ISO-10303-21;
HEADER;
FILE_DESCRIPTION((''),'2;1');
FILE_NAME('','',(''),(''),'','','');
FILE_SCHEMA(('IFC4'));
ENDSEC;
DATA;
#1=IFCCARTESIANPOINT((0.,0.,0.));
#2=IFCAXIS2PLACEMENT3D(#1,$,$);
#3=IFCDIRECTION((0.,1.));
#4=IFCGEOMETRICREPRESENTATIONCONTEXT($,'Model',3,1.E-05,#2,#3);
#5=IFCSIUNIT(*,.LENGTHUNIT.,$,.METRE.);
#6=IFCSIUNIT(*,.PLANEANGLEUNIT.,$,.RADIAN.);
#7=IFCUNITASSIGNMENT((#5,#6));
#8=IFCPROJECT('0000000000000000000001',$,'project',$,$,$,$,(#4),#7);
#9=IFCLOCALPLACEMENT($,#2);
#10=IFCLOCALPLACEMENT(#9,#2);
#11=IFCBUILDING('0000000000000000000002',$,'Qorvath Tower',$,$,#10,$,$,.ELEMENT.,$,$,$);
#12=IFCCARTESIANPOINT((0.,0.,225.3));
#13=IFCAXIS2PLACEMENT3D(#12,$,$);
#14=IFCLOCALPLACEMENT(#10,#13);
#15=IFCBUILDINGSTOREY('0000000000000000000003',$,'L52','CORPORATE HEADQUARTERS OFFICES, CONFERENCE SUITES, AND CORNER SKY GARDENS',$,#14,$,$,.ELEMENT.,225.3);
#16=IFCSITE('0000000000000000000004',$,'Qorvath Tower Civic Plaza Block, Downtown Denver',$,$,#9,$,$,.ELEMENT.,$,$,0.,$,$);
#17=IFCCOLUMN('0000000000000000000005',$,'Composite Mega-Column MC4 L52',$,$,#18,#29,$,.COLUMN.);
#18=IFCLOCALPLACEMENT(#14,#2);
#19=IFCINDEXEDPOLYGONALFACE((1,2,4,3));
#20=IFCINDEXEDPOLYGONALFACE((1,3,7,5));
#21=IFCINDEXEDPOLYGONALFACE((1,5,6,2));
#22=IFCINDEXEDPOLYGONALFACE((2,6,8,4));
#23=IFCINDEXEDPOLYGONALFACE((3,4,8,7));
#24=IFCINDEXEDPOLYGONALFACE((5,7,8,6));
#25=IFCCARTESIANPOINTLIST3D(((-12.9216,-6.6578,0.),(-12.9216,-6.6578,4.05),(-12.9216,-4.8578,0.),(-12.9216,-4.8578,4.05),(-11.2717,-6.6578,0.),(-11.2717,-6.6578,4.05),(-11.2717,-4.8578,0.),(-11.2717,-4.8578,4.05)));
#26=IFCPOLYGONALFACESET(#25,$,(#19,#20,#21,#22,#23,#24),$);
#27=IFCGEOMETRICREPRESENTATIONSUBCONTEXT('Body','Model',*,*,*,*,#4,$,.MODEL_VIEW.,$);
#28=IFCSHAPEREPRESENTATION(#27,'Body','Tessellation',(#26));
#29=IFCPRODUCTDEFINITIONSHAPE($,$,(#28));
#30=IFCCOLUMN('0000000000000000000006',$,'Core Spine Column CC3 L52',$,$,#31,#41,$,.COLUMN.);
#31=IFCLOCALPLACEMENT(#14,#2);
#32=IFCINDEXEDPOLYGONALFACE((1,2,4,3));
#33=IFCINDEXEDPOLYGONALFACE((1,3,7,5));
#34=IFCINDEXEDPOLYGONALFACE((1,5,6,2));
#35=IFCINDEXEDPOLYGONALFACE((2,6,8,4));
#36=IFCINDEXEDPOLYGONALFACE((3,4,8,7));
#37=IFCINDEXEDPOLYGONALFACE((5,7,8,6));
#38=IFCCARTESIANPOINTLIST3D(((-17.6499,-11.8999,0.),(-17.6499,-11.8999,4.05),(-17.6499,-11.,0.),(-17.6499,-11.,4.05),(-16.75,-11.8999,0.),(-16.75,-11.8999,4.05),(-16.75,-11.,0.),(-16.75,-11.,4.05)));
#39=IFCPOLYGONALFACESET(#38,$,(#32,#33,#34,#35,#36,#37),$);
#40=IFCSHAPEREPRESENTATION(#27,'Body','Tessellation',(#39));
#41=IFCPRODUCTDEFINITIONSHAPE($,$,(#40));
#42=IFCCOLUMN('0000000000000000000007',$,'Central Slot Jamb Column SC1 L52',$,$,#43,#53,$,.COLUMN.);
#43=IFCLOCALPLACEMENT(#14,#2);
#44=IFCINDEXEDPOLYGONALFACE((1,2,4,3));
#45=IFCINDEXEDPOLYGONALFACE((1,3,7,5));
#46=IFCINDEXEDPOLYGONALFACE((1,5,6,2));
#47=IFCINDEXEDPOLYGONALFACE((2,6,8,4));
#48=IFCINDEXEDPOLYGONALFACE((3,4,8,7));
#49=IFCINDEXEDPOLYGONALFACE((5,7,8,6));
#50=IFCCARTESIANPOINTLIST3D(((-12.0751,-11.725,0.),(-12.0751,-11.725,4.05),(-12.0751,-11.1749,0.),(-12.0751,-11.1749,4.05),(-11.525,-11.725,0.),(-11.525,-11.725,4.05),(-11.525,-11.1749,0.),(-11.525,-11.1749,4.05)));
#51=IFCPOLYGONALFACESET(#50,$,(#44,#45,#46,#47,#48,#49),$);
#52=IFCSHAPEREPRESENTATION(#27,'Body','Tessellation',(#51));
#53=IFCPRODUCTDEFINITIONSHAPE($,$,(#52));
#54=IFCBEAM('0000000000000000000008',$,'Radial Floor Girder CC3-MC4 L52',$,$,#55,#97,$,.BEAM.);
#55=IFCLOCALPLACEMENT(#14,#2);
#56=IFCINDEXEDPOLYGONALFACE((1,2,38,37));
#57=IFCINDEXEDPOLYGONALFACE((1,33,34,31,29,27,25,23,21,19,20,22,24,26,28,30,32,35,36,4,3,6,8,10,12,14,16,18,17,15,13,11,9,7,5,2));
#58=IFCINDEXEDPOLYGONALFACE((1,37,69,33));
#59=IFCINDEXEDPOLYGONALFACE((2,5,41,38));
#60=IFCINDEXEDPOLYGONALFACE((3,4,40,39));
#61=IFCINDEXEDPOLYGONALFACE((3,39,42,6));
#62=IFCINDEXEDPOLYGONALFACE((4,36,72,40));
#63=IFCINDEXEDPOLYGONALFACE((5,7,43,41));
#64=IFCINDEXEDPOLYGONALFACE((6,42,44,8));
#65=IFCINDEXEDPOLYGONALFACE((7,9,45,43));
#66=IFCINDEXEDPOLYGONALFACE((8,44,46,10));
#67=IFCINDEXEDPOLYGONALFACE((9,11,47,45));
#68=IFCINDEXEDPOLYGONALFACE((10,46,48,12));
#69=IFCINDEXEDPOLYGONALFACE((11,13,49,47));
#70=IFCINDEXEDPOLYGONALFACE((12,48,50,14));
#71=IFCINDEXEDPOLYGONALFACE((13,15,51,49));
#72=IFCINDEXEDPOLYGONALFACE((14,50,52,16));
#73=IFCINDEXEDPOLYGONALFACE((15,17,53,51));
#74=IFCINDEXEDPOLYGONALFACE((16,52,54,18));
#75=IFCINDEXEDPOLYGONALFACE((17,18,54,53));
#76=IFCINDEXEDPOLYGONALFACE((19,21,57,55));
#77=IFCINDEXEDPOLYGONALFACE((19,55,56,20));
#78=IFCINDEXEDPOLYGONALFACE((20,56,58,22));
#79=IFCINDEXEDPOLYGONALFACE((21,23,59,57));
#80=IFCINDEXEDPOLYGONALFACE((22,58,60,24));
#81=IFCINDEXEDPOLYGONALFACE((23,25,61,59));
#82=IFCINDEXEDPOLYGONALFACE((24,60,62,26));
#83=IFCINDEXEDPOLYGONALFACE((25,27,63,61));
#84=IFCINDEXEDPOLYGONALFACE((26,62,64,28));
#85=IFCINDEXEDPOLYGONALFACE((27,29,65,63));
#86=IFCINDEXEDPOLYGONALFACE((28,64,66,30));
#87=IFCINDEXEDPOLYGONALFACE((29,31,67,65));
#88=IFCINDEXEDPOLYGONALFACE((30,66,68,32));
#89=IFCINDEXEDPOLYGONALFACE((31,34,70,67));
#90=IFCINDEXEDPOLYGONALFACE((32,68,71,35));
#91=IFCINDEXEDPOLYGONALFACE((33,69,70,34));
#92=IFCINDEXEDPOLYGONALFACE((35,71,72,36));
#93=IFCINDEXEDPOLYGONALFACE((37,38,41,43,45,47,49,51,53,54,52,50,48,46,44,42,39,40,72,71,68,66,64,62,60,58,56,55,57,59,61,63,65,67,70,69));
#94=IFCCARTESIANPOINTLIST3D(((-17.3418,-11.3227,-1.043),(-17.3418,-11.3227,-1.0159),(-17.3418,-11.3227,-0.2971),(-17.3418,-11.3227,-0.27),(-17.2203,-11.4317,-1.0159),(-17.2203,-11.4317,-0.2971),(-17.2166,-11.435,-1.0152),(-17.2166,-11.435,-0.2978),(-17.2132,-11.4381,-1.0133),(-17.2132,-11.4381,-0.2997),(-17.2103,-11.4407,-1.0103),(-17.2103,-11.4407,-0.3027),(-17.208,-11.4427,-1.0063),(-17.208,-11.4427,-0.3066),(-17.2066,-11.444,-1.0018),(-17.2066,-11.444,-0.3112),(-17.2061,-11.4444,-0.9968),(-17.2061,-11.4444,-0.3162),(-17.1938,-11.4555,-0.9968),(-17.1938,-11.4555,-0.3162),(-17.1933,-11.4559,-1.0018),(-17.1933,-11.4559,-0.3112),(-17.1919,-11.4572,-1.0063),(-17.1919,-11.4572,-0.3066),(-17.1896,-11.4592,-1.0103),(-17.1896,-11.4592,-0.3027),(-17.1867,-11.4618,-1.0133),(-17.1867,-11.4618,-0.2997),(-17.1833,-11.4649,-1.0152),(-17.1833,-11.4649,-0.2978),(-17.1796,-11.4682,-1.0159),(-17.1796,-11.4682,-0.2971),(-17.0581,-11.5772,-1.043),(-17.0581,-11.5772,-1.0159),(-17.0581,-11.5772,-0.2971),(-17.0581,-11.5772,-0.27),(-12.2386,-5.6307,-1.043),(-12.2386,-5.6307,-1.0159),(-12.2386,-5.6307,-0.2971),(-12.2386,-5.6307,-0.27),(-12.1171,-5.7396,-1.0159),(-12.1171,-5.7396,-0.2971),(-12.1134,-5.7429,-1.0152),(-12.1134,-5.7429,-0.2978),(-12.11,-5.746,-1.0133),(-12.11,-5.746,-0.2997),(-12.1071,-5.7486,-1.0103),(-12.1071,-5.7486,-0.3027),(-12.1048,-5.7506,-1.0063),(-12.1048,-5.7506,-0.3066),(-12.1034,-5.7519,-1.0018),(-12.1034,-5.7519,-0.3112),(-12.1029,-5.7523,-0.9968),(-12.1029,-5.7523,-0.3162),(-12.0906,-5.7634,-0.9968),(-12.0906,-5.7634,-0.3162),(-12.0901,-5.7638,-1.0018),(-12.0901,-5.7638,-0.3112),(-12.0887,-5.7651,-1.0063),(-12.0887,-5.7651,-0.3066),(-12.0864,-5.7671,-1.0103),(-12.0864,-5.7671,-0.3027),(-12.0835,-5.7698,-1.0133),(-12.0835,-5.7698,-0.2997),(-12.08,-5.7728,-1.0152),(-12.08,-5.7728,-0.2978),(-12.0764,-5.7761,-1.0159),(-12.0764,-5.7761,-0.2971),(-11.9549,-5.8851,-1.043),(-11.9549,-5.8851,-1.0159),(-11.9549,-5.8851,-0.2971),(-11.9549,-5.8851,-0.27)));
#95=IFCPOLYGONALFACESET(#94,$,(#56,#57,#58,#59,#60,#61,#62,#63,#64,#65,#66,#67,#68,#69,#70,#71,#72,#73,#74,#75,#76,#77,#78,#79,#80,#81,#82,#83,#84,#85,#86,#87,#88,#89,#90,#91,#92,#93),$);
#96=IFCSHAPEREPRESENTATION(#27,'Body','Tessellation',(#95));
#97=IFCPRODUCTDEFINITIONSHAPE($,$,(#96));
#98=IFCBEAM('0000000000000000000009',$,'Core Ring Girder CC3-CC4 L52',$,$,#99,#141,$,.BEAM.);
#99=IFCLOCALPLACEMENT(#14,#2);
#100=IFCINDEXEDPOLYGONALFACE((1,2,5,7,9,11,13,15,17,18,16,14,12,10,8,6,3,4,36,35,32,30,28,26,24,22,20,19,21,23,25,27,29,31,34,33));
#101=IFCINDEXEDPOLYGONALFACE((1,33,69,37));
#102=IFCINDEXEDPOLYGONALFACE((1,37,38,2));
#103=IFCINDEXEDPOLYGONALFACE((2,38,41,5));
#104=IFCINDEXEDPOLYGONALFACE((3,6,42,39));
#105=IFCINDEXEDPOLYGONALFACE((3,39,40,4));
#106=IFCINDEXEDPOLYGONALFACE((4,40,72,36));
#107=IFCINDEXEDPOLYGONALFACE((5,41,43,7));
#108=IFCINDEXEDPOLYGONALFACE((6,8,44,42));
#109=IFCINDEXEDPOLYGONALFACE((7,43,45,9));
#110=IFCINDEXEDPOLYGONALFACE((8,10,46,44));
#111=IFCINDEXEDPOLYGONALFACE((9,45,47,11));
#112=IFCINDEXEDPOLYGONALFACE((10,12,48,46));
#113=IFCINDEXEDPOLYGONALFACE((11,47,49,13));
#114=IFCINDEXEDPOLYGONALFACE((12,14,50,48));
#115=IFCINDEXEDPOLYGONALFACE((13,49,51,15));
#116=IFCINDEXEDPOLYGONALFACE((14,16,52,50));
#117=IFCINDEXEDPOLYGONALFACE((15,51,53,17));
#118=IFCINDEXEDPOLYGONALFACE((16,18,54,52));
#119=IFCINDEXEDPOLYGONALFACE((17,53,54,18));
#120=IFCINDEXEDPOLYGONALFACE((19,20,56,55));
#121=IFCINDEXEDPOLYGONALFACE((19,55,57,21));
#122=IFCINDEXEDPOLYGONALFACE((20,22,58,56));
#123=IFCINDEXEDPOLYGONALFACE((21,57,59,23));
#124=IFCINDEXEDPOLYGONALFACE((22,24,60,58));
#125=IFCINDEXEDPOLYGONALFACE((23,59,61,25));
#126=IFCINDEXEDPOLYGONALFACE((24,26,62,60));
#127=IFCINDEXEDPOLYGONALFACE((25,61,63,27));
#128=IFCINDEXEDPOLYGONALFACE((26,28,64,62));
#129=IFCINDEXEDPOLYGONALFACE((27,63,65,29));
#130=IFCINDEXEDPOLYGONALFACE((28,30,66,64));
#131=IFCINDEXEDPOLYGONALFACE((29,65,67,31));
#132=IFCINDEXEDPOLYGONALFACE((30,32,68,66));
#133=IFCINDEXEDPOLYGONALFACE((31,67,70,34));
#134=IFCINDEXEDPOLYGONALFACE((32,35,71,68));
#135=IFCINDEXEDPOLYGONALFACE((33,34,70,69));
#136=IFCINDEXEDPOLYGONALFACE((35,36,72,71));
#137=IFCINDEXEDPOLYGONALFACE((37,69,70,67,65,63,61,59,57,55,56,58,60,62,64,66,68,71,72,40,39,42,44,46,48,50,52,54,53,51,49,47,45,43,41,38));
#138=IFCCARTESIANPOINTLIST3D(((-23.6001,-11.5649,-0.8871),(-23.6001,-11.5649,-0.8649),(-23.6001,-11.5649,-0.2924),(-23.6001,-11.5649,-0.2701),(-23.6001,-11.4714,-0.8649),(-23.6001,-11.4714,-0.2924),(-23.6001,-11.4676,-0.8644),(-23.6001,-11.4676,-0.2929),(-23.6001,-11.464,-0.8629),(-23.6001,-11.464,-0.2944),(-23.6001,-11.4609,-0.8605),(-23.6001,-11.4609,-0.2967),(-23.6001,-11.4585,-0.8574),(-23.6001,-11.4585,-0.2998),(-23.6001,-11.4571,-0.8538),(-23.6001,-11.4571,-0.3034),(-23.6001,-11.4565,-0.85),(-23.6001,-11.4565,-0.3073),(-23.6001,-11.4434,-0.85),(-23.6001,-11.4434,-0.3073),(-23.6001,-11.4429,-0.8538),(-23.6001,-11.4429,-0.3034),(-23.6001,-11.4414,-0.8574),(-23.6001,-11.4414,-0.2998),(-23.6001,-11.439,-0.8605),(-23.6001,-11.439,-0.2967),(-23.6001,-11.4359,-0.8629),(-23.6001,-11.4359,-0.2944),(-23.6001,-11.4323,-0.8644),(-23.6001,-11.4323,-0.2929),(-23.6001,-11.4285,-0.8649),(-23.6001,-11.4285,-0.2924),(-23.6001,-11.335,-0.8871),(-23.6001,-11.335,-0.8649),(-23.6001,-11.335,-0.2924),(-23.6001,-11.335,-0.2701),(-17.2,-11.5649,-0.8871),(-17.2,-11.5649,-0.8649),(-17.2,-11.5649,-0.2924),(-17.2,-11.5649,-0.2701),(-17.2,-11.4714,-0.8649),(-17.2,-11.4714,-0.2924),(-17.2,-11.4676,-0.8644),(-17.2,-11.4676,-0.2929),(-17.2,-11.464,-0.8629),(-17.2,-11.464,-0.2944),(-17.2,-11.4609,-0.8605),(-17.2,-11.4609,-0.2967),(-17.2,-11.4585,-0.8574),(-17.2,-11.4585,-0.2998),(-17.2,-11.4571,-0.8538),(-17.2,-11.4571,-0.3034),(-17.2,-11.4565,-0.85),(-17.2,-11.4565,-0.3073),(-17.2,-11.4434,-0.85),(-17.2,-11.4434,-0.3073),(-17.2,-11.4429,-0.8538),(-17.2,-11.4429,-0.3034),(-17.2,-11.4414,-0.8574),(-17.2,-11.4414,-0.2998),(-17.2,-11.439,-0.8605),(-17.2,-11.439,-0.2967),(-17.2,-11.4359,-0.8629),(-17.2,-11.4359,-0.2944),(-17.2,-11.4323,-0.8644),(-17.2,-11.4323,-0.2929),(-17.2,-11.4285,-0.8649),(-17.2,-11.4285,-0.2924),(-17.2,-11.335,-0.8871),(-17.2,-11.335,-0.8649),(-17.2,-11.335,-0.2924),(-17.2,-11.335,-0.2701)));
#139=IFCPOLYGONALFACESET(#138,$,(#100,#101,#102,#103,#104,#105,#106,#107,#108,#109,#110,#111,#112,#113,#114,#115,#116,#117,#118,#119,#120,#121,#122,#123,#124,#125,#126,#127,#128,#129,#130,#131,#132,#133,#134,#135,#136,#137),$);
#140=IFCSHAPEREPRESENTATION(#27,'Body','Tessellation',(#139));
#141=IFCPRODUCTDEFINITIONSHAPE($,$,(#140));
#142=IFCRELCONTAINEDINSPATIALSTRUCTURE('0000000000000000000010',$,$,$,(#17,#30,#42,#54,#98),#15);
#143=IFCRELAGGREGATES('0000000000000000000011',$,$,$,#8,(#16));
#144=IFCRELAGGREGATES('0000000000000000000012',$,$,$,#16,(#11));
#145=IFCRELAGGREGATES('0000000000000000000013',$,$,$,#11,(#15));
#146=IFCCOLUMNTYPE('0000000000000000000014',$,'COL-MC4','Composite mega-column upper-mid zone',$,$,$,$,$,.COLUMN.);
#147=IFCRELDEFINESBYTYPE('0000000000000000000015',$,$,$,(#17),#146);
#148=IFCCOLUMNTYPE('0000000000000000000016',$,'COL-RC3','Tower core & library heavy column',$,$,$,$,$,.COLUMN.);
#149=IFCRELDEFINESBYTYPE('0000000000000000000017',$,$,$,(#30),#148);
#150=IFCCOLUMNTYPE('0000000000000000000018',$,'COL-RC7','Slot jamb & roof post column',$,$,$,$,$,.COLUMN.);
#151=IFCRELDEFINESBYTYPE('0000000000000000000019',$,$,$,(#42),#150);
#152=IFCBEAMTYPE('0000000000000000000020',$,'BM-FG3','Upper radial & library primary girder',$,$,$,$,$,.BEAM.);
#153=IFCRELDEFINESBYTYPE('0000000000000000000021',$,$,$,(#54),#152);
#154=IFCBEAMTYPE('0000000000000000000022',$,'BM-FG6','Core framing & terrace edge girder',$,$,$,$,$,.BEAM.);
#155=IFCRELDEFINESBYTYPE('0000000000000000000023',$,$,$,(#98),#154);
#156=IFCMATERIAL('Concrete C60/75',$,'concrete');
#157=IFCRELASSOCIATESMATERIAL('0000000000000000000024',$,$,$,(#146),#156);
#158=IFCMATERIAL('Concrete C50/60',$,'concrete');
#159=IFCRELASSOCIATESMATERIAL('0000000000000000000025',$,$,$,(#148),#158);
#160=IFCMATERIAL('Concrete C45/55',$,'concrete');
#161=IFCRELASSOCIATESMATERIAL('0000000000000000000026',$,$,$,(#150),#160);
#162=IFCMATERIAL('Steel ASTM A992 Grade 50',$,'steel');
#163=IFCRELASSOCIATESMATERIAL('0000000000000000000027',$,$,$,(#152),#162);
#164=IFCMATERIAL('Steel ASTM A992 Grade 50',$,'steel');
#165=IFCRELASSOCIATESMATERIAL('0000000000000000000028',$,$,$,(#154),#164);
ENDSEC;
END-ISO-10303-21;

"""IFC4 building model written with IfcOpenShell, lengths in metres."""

from ifc_helpers import new_model, si_unit, direction, frame, origin, origin_2d, place, context, subcontext, project, spatial, rectangle, i_section, extrude, material, material_profile, profile_set, type_object, element, save


model = new_model("IFC4")

# Units and contexts
model_context = context("Model", 3, precision=1e-05, world=origin(), true_north=direction((0.0, 1.0)))
body_context = subcontext(model_context, "Body", "Model", "MODEL_VIEW")
ifc_project = project(units=[si_unit("LENGTHUNIT", "METRE"), si_unit("PLANEANGLEUNIT", "RADIAN")], contexts=[model_context])

# Site, building, storey
site_placement = place(None, origin())
site = spatial("IfcSite", under=ifc_project, at=site_placement, Name="Qorvath Tower Civic Plaza Block, Downtown Denver", CompositionType="ELEMENT", RefElevation=0.0)
building_placement = place(site_placement, origin())
building = spatial("IfcBuilding", under=site, at=building_placement, Name="Qorvath Tower", CompositionType="ELEMENT")
storey_placement = place(building_placement, frame((0.0, 0.0, 225.3)))
storey = spatial("IfcBuildingStorey", under=building, at=storey_placement, Name="L52", Description="CORPORATE HEADQUARTERS OFFICES, CONFERENCE SUITES, AND CORNER SKY GARDENS", CompositionType="ELEMENT", Elevation=225.3)

# Columns
ifc_material_1 = material(Name="Concrete C60/75", Category="concrete")
ifc_material_profile_1 = material_profile(ifc_material_1, rectangle(XDim=1.6499, YDim=1.8, at=origin_2d()), Name="MC 1800x1650")
ifc_profile_set_1 = profile_set([ifc_material_profile_1], Name="Concrete C60/75")
column_type_1 = type_object("IfcColumnType", Name="COL-MC4", Description="Composite mega-column upper-mid zone", PredefinedType="COLUMN", material=ifc_profile_set_1)
column_1_placement = place(storey_placement, frame((-12.0967, -5.7578, 0.0), z_axis=(0.0, 0.0, 1.0), x_axis=(1.0, 0.0, 0.0)))
element("IfcColumn", 1, at=column_1_placement, inside=storey, type_object=column_type_1, Name="Composite Mega-Column MC4 L52", PredefinedType="COLUMN", context=body_context, shape_type="SweptSolid", body=[
    extrude(rectangle(XDim=1.6499, YDim=1.8, at=origin_2d()), origin(), (0.0, 0.0, 1.0), 4.05),
])
ifc_material_2 = material(Name="Concrete C50/60", Category="concrete")
ifc_material_profile_2 = material_profile(ifc_material_2, rectangle(XDim=0.8999, YDim=0.8999, at=origin_2d()), Name="RC 900x900")
ifc_profile_set_2 = profile_set([ifc_material_profile_2], Name="Concrete C50/60")
column_type_2 = type_object("IfcColumnType", Name="COL-RC3", Description="Tower core & library heavy column", PredefinedType="COLUMN", material=ifc_profile_set_2)
column_2_placement = place(storey_placement, frame((-17.2, -11.45, 0.0), z_axis=(0.0, 0.0, 1.0), x_axis=(1.0, 0.0, 0.0)))
element("IfcColumn", 2, at=column_2_placement, inside=storey, type_object=column_type_2, Name="Core Spine Column CC3 L52", PredefinedType="COLUMN", context=body_context, shape_type="SweptSolid", body=[
    extrude(rectangle(XDim=0.8999, YDim=0.8999, at=origin_2d()), origin(), (0.0, 0.0, 1.0), 4.05),
])
ifc_material_3 = material(Name="Concrete C45/55", Category="concrete")
ifc_material_profile_3 = material_profile(ifc_material_3, rectangle(XDim=0.55, YDim=0.55, at=origin_2d()), Name="RC 550x550")
ifc_profile_set_3 = profile_set([ifc_material_profile_3], Name="Concrete C45/55")
column_type_3 = type_object("IfcColumnType", Name="COL-RC7", Description="Slot jamb & roof post column", PredefinedType="COLUMN", material=ifc_profile_set_3)
column_3_placement = place(storey_placement, frame((-11.8, -11.45, 0.0), z_axis=(0.0, 0.0, 1.0), x_axis=(1.0, 0.0, 0.0)))
element("IfcColumn", 3, at=column_3_placement, inside=storey, type_object=column_type_3, Name="Central Slot Jamb Column SC1 L52", PredefinedType="COLUMN", context=body_context, shape_type="SweptSolid", body=[
    extrude(rectangle(XDim=0.55, YDim=0.55, at=origin_2d()), origin(), (0.0, 0.0, 1.0), 4.05),
])

# Beams
ifc_material_4 = material(Name="Steel ASTM A992 Grade 50", Category="steel")
ifc_material_profile_4 = material_profile(ifc_material_4, i_section(OverallWidth=0.3811, OverallDepth=0.7729, WebThickness=0.0166, FlangeThickness=0.0271, FilletRadius=0.019, at=origin_2d()), Name="W30x173")
ifc_profile_set_4 = profile_set([ifc_material_profile_4], Name="Steel ASTM A992 Grade 50")
beam_type_1 = type_object("IfcBeamType", Name="BM-FG3", Description="Upper radial & library primary girder", PredefinedType="BEAM", material=ifc_profile_set_4)
beam_1_placement = place(storey_placement, frame((-17.2, -11.45, -0.6565), z_axis=(0.667543, 0.744571, 0.0), x_axis=(-0.744571, 0.667543, 0.0)))
element("IfcBeam", 4, at=beam_1_placement, inside=storey, type_object=beam_type_1, Name="Radial Floor Girder CC3-MC4 L52", PredefinedType="BEAM", context=body_context, shape_type="SweptSolid", body=[
    extrude(i_section(OverallWidth=0.3811, OverallDepth=0.7729, WebThickness=0.0166, FlangeThickness=0.0271, FilletRadius=0.019, at=origin_2d()), origin(), (0.0, 0.0, 1.0), 7.6448),
])
ifc_material_5 = material(Name="Steel ASTM A992 Grade 50", Category="steel")
ifc_material_profile_5 = material_profile(ifc_material_5, i_section(OverallWidth=0.23, OverallDepth=0.6169, WebThickness=0.0132, FlangeThickness=0.0222, FilletRadius=0.0149, at=origin_2d()), Name="W24x94")
ifc_profile_set_5 = profile_set([ifc_material_profile_5], Name="Steel ASTM A992 Grade 50")
beam_type_2 = type_object("IfcBeamType", Name="BM-FG6", Description="Core framing & terrace edge girder", PredefinedType="BEAM", material=ifc_profile_set_5)
beam_2_placement = place(storey_placement, frame((-17.2, -11.45, -0.5786), z_axis=(-1.0, 0.0, 0.0), x_axis=(0.0, -1.0, 0.0)))
element("IfcBeam", 5, at=beam_2_placement, inside=storey, type_object=beam_type_2, Name="Core Ring Girder CC3-CC4 L52", PredefinedType="BEAM", context=body_context, shape_type="SweptSolid", body=[
    extrude(i_section(OverallWidth=0.23, OverallDepth=0.6169, WebThickness=0.0132, FlangeThickness=0.0222, FilletRadius=0.0149, at=origin_2d()), origin(), (0.0, 0.0, 1.0), 6.4001),
])

save(model, "model.ifc")
